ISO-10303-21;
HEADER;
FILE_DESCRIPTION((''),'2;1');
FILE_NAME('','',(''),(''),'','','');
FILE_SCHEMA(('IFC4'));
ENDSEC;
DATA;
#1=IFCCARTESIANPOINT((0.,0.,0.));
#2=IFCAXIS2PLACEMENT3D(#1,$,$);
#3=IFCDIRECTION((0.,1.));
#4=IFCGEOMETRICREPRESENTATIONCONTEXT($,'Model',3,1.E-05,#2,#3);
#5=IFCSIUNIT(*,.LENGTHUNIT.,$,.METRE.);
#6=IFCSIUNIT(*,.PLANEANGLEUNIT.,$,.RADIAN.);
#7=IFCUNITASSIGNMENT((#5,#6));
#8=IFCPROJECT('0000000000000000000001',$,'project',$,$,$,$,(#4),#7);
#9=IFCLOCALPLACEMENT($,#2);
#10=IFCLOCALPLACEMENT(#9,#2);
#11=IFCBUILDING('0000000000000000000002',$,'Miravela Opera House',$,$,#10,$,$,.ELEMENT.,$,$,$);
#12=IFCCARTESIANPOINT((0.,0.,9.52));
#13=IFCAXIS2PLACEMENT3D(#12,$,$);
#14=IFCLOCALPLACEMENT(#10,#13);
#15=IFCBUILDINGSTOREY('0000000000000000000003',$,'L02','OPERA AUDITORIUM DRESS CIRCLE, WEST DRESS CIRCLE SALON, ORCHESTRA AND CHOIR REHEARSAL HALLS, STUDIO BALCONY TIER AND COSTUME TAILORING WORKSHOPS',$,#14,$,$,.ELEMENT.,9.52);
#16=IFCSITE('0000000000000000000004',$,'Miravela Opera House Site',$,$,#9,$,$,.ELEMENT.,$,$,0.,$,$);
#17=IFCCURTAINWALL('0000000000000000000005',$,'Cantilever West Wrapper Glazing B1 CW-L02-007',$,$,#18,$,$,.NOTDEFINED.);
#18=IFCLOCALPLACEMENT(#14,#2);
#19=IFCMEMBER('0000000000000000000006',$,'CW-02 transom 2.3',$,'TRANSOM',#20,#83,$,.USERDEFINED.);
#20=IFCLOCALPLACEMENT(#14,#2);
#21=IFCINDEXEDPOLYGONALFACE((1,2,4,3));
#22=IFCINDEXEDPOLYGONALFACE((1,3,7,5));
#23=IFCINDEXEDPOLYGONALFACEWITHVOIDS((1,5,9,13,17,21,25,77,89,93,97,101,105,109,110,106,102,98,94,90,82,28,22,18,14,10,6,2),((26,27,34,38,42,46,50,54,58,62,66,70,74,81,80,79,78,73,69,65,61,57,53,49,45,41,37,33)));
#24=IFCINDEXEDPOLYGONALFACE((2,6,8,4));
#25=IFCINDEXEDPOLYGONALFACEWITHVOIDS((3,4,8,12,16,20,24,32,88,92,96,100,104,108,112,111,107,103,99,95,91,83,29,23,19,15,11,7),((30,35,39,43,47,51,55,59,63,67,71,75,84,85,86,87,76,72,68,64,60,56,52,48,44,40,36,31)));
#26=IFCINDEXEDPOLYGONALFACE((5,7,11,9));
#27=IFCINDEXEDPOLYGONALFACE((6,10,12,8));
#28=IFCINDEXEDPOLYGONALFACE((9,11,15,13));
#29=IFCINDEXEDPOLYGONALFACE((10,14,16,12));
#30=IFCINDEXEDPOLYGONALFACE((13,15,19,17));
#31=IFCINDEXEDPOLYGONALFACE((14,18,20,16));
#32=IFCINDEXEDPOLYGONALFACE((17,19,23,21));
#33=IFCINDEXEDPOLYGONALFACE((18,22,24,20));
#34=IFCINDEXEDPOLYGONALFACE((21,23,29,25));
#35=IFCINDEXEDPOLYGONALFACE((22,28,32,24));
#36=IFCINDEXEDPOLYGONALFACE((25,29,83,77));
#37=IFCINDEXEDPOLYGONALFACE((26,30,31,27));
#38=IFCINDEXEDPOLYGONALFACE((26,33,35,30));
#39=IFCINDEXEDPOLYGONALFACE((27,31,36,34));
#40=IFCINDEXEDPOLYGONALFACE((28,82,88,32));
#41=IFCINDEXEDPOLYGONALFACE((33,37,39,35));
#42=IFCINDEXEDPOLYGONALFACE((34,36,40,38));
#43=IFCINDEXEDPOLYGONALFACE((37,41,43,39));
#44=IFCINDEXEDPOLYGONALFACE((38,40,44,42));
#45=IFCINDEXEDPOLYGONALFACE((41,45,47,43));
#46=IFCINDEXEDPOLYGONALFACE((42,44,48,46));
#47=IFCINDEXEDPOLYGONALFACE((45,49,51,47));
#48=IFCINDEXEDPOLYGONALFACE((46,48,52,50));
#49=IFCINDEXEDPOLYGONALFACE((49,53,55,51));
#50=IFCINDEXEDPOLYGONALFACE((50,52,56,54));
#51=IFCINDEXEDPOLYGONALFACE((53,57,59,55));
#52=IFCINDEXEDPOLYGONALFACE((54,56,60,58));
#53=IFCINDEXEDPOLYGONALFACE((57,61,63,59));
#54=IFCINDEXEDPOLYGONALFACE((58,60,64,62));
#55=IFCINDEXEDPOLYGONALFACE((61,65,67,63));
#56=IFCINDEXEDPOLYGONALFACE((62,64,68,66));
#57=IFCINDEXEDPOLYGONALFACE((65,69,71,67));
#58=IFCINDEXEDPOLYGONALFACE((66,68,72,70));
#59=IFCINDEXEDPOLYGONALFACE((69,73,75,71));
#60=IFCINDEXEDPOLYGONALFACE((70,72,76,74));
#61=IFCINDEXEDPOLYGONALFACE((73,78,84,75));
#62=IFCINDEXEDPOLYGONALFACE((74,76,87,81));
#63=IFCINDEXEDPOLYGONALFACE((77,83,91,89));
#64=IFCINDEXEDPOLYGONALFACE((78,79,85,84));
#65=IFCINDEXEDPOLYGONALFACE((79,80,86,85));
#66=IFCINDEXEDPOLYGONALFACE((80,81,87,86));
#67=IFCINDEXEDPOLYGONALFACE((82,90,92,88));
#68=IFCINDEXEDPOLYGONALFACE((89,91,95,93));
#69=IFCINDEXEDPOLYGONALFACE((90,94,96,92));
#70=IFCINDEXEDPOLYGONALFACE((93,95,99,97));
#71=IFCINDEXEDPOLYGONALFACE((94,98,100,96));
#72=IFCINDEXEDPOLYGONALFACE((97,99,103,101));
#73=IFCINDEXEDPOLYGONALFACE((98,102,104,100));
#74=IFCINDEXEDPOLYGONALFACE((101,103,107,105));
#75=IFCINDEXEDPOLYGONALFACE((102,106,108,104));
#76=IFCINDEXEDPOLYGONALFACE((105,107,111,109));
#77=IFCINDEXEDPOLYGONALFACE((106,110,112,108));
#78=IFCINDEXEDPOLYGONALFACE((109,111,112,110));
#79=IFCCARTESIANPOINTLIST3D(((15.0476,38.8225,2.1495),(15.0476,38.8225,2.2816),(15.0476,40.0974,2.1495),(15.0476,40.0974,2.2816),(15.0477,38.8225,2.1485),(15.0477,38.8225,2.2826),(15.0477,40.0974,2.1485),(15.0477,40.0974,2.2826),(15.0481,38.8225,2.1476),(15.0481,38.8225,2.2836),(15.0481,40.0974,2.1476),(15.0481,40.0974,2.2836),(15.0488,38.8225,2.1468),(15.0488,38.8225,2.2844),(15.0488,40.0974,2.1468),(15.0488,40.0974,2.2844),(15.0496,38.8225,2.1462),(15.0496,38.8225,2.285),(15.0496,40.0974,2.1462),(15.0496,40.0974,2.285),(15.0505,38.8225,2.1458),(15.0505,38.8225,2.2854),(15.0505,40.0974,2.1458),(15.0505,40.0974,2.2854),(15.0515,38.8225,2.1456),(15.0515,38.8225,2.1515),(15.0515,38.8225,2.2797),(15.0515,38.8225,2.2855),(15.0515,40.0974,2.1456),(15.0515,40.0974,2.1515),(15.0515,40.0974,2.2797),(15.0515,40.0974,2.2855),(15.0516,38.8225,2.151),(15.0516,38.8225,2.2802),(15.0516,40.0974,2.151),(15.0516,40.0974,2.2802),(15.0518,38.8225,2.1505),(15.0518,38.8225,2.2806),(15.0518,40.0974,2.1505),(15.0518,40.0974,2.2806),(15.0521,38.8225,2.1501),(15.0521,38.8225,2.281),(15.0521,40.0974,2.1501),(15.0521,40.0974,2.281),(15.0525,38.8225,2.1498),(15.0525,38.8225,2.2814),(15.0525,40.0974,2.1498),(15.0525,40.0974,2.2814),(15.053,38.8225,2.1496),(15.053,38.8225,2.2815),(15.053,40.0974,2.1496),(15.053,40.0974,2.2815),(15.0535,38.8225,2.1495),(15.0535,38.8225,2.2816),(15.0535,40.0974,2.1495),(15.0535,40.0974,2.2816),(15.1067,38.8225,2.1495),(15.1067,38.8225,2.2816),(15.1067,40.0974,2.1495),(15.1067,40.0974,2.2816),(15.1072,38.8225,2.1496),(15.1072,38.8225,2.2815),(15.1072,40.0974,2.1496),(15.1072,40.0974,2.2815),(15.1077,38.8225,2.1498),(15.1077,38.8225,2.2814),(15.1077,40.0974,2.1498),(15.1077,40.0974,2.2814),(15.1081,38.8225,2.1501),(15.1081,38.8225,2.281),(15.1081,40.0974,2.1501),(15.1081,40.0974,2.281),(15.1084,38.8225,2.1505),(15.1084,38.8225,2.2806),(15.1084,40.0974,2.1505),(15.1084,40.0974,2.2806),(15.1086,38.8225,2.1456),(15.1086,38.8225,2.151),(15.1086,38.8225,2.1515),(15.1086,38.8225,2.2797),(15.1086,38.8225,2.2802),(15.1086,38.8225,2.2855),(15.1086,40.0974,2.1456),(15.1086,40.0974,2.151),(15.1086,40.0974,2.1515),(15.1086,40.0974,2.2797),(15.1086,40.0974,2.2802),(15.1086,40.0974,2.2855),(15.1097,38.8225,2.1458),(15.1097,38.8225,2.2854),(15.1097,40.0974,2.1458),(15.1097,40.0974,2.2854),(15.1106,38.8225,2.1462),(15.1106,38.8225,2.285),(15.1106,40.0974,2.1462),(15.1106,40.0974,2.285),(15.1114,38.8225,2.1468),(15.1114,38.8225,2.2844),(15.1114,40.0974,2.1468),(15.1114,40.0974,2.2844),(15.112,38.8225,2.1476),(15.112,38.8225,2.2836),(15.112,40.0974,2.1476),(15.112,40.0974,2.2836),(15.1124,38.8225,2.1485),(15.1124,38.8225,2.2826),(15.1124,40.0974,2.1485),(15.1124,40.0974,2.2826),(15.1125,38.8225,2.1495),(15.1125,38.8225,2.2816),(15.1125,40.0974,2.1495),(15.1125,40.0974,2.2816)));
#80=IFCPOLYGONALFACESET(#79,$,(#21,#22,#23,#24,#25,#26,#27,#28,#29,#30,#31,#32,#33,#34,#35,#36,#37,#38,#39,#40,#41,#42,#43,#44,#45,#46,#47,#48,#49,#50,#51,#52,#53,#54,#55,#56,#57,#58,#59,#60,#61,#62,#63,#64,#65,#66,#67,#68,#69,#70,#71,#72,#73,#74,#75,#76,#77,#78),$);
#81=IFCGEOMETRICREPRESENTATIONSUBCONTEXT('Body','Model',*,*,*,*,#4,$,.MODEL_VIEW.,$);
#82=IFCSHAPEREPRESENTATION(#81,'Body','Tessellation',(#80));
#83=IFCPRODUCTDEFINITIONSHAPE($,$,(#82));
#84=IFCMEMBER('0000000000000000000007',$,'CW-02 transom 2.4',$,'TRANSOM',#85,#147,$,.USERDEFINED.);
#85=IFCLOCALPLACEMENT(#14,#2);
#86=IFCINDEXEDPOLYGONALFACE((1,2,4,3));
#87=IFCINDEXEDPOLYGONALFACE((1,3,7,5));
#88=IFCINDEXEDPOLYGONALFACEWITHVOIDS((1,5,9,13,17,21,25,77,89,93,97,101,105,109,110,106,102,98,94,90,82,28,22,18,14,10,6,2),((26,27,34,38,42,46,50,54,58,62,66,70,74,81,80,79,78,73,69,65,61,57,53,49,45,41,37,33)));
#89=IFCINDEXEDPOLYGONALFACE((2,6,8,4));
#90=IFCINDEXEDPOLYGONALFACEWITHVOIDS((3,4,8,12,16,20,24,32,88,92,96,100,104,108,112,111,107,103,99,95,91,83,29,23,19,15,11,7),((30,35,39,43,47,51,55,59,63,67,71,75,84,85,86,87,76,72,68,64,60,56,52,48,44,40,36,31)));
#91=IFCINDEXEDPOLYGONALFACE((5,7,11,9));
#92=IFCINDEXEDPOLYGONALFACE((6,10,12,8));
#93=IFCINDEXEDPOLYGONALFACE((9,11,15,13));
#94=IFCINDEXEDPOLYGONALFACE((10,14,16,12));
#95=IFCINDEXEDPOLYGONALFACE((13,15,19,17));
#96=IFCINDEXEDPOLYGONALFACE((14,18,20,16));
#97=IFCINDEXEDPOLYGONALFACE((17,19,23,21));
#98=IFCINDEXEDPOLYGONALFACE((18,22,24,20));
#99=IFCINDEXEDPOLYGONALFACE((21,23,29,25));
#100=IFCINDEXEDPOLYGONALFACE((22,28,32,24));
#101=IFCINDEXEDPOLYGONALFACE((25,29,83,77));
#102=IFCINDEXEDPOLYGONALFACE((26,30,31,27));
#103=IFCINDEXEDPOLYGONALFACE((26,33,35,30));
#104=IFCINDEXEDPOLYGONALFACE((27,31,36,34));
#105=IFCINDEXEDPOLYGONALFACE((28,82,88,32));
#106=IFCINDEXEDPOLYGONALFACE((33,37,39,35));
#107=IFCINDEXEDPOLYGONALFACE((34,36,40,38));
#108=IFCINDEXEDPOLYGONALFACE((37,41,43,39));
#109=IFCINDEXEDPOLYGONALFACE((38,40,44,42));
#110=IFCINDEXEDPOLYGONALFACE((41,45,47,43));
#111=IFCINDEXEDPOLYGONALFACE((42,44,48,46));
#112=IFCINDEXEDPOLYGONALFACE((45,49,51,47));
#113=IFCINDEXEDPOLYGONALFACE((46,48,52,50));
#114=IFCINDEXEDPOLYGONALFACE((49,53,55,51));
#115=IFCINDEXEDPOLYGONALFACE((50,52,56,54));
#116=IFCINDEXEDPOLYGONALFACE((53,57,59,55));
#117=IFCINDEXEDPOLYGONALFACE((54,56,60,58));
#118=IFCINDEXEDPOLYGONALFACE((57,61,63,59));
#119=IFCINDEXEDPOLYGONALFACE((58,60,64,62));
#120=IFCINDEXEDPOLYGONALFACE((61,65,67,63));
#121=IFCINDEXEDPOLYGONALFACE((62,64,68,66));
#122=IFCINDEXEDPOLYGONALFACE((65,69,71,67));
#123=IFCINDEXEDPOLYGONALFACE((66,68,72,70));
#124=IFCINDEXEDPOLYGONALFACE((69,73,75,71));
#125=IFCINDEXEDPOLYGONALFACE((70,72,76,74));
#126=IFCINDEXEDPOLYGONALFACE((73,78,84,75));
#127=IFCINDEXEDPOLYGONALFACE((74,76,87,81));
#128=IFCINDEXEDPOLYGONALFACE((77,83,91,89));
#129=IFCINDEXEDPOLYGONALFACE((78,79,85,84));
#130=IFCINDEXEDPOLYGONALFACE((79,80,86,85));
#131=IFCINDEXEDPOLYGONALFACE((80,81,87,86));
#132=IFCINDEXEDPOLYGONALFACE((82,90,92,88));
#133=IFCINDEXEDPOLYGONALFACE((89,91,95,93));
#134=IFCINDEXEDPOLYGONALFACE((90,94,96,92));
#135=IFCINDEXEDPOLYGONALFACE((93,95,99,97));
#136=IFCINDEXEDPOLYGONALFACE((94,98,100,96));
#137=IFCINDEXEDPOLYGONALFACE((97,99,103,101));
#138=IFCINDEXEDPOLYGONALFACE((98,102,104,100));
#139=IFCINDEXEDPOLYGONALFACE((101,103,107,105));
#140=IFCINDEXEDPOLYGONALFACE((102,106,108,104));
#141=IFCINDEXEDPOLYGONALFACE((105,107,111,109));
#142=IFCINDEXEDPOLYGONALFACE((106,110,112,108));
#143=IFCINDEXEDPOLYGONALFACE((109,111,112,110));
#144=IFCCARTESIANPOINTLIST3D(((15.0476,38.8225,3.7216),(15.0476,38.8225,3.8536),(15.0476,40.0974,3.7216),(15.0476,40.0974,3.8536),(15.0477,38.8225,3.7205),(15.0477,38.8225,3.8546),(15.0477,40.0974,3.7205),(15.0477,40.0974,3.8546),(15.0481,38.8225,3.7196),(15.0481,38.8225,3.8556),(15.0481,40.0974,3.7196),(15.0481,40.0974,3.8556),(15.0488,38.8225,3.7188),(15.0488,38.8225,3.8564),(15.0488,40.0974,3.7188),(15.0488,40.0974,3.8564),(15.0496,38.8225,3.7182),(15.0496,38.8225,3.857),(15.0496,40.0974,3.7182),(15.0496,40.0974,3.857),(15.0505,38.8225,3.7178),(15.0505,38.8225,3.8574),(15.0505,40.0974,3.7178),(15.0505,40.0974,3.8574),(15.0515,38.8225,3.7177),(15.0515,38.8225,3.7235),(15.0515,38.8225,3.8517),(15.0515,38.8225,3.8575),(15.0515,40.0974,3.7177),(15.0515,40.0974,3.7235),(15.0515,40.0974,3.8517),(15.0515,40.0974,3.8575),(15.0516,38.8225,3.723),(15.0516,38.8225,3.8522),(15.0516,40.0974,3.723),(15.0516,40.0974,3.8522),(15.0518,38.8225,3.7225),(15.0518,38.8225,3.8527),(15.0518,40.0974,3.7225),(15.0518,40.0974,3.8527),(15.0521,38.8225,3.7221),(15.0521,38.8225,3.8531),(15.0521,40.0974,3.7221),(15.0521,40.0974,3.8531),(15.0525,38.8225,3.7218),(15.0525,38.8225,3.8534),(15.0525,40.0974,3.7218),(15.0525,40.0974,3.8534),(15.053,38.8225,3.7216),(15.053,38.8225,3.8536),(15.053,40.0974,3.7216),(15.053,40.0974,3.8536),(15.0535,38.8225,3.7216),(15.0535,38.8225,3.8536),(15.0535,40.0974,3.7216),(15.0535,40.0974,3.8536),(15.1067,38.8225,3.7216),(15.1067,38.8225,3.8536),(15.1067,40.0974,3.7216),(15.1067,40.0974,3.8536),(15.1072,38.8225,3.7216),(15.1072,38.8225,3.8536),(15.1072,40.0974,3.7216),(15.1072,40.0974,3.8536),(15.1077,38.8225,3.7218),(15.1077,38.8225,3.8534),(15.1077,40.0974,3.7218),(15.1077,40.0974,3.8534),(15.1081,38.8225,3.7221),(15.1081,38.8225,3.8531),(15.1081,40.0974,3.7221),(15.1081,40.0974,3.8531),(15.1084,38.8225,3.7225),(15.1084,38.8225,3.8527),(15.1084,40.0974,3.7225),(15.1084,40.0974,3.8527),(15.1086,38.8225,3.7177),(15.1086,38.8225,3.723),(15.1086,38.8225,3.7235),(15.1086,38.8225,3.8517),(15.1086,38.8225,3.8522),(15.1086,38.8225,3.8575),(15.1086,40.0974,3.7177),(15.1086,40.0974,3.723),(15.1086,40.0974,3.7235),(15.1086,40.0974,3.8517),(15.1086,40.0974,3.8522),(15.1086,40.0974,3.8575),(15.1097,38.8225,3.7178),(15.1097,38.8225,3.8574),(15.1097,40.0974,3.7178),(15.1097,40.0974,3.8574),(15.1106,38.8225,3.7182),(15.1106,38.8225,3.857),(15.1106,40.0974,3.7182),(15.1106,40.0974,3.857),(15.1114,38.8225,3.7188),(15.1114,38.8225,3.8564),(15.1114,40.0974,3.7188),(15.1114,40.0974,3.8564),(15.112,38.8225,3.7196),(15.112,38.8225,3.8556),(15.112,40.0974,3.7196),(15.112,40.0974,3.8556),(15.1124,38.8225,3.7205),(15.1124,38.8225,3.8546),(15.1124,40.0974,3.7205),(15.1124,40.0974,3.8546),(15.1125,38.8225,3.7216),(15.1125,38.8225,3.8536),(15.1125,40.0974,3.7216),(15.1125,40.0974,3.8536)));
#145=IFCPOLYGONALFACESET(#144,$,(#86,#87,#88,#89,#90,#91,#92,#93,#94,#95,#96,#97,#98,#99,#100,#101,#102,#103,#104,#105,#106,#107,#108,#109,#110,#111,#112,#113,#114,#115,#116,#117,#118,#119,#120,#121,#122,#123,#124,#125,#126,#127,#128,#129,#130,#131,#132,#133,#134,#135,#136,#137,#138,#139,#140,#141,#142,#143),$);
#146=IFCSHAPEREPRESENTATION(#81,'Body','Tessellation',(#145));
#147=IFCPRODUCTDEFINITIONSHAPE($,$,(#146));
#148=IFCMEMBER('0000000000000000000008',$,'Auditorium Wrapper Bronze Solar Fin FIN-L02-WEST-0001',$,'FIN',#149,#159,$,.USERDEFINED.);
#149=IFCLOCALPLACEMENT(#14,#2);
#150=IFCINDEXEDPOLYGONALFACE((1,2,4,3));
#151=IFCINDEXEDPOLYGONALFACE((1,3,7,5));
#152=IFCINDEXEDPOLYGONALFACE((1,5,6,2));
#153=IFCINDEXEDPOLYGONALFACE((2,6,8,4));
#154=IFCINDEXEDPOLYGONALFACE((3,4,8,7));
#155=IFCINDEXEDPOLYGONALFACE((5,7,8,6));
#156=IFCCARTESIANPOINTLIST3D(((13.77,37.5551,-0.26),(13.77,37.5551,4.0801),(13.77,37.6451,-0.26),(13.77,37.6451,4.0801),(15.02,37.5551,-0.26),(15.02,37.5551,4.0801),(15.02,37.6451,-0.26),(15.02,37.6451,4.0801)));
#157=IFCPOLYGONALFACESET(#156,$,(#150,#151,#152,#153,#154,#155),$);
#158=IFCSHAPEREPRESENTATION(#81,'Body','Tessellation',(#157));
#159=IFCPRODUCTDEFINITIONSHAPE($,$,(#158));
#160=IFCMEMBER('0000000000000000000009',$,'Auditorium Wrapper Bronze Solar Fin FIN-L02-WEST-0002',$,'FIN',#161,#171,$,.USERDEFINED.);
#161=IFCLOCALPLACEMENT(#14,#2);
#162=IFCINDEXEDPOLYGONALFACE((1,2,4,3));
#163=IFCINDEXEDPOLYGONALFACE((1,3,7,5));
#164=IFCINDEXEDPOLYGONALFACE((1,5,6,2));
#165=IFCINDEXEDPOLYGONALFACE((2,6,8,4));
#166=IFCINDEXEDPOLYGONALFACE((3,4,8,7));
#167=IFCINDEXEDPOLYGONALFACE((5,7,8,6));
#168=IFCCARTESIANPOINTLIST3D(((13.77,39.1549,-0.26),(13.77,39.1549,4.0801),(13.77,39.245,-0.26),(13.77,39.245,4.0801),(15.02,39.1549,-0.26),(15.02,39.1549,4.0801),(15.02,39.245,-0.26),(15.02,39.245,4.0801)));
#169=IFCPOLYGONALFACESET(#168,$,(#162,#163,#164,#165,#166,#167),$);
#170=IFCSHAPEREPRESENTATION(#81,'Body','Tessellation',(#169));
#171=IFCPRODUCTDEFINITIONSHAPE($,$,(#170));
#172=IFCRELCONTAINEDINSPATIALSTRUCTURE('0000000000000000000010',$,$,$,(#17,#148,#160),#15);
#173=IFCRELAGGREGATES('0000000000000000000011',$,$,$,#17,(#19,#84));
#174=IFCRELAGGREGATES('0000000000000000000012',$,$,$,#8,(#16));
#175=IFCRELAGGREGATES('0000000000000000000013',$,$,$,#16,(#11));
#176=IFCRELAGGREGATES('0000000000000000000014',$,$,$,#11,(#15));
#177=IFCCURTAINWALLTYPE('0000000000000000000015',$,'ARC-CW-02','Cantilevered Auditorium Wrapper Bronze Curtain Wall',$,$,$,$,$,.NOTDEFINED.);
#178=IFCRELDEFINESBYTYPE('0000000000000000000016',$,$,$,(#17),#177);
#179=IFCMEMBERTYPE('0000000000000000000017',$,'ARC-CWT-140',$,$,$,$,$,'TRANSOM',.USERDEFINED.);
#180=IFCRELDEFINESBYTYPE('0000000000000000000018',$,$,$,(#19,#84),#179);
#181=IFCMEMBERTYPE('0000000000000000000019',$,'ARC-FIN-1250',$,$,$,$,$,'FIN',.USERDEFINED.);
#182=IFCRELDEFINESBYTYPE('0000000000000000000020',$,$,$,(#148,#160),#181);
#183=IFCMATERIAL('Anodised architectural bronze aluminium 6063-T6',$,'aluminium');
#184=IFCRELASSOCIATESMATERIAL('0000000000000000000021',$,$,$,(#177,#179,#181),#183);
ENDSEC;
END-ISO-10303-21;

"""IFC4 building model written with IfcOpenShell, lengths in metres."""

from ifc_helpers import new_model, si_unit, direction, frame, origin, origin_2d, place, context, subcontext, project, spatial, rectangle, hollow_rectangle, extrude, material, material_profile, profile_set, type_object, element, aggregate, save


model = new_model("IFC4")

# Units and contexts
model_context = context("Model", 3, precision=1e-05, world=origin(), true_north=direction((0.0, 1.0)))
body_context = subcontext(model_context, "Body", "Model", "MODEL_VIEW")
ifc_project = project(units=[si_unit("LENGTHUNIT", "METRE"), si_unit("PLANEANGLEUNIT", "RADIAN")], contexts=[model_context])

# Site, building, storey
site_placement = place(None, origin())
site = spatial("IfcSite", under=ifc_project, at=site_placement, Name="Miravela Opera House Site", CompositionType="ELEMENT", RefElevation=0.0)
building_placement = place(site_placement, origin())
building = spatial("IfcBuilding", under=site, at=building_placement, Name="Miravela Opera House", CompositionType="ELEMENT")
storey_placement = place(building_placement, frame((0.0, 0.0, 9.52)))
storey = spatial("IfcBuildingStorey", under=building, at=storey_placement, Name="L02", Description="OPERA AUDITORIUM DRESS CIRCLE, WEST DRESS CIRCLE SALON, ORCHESTRA AND CHOIR REHEARSAL HALLS, STUDIO BALCONY TIER AND COSTUME TAILORING WORKSHOPS", CompositionType="ELEMENT", Elevation=9.52)

# Curtain wall, members
ifc_material_1 = material(Name="Anodised architectural bronze aluminium 6063-T6", Category="aluminium")
curtain_wall_type = type_object("IfcCurtainWallType", Name="ARC-CW-02", Description="Cantilevered Auditorium Wrapper Bronze Curtain Wall", PredefinedType="NOTDEFINED", material=ifc_material_1)
curtain_wall_placement = place(storey_placement, origin())
curtain_wall = element("IfcCurtainWall", 1, at=curtain_wall_placement, inside=storey, type_object=curtain_wall_type, Name="Cantilever West Wrapper Glazing B1 CW-L02-007", PredefinedType="NOTDEFINED")
ifc_material_profile_1 = material_profile(ifc_material_1, hollow_rectangle(XDim=0.0649, YDim=0.1399, WallThickness=0.0039, InnerFilletRadius=0.002, OuterFilletRadius=0.0039, at=origin_2d()), Name="CWT-65X140")
ifc_profile_set_1 = profile_set([ifc_material_profile_1])
member_type_1 = type_object("IfcMemberType", Name="ARC-CWT-140", ElementType="TRANSOM", PredefinedType="USERDEFINED", material=ifc_profile_set_1)
member_1_placement = place(storey_placement, frame((15.0801, 38.8225, 2.2156), z_axis=(0.0, 1.0, 0.0), x_axis=(-1.0, 0.0, 0.0)))
member_1 = element("IfcMember", 2, at=member_1_placement, type_object=member_type_1, Name="CW-02 transom 2.3", ObjectType="TRANSOM", PredefinedType="USERDEFINED", context=body_context, shape_type="SweptSolid", body=[
    extrude(hollow_rectangle(XDim=0.0649, YDim=0.1399, WallThickness=0.0039, InnerFilletRadius=0.002, OuterFilletRadius=0.0039, at=origin_2d()), origin(), (0.0, 0.0, 1.0), 1.2749),
])
member_2_placement = place(storey_placement, frame((15.0801, 38.8225, 3.7876), z_axis=(0.0, 1.0, 0.0), x_axis=(-1.0, 0.0, 0.0)))
member_2 = element("IfcMember", 3, at=member_2_placement, type_object=member_type_1, Name="CW-02 transom 2.4", ObjectType="TRANSOM", PredefinedType="USERDEFINED", context=body_context, shape_type="SweptSolid", body=[
    extrude(hollow_rectangle(XDim=0.0649, YDim=0.1399, WallThickness=0.0039, InnerFilletRadius=0.002, OuterFilletRadius=0.0039, at=origin_2d()), origin(), (0.0, 0.0, 1.0), 1.2749),
])

# Members
ifc_material_profile_2 = material_profile(ifc_material_1, rectangle(XDim=0.0901, YDim=1.25, at=origin_2d()), Name="FIN-1250X90")
ifc_profile_set_2 = profile_set([ifc_material_profile_2])
member_type_2 = type_object("IfcMemberType", Name="ARC-FIN-1250", ElementType="FIN", PredefinedType="USERDEFINED", material=ifc_profile_set_2)
for number, where, z_axis, x_axis, name in (
    (4, (14.395, 37.6001, -0.26), (0.0, 0.0, 1.0), (0.0, 1.0, 0.0), "Auditorium Wrapper Bronze Solar Fin FIN-L02-WEST-0001"),
    (5, (14.395, 39.2, -0.26), (0.0, 0.0, 1.0), (0.0, 1.0, 0.0), "Auditorium Wrapper Bronze Solar Fin FIN-L02-WEST-0002"),
):
    element("IfcMember", number, at=place(storey_placement, frame(where, z_axis=z_axis, x_axis=x_axis)), inside=storey, type_object=member_type_2, Name=name, ObjectType="FIN", PredefinedType="USERDEFINED", context=body_context, shape_type="SweptSolid", body=[
        extrude(rectangle(XDim=0.0901, YDim=1.25, at=origin_2d()), origin(), (0.0, 0.0, 1.0), 4.3401),
    ])

aggregate(curtain_wall, [member_1, member_2])

save(model, "model.ifc")
